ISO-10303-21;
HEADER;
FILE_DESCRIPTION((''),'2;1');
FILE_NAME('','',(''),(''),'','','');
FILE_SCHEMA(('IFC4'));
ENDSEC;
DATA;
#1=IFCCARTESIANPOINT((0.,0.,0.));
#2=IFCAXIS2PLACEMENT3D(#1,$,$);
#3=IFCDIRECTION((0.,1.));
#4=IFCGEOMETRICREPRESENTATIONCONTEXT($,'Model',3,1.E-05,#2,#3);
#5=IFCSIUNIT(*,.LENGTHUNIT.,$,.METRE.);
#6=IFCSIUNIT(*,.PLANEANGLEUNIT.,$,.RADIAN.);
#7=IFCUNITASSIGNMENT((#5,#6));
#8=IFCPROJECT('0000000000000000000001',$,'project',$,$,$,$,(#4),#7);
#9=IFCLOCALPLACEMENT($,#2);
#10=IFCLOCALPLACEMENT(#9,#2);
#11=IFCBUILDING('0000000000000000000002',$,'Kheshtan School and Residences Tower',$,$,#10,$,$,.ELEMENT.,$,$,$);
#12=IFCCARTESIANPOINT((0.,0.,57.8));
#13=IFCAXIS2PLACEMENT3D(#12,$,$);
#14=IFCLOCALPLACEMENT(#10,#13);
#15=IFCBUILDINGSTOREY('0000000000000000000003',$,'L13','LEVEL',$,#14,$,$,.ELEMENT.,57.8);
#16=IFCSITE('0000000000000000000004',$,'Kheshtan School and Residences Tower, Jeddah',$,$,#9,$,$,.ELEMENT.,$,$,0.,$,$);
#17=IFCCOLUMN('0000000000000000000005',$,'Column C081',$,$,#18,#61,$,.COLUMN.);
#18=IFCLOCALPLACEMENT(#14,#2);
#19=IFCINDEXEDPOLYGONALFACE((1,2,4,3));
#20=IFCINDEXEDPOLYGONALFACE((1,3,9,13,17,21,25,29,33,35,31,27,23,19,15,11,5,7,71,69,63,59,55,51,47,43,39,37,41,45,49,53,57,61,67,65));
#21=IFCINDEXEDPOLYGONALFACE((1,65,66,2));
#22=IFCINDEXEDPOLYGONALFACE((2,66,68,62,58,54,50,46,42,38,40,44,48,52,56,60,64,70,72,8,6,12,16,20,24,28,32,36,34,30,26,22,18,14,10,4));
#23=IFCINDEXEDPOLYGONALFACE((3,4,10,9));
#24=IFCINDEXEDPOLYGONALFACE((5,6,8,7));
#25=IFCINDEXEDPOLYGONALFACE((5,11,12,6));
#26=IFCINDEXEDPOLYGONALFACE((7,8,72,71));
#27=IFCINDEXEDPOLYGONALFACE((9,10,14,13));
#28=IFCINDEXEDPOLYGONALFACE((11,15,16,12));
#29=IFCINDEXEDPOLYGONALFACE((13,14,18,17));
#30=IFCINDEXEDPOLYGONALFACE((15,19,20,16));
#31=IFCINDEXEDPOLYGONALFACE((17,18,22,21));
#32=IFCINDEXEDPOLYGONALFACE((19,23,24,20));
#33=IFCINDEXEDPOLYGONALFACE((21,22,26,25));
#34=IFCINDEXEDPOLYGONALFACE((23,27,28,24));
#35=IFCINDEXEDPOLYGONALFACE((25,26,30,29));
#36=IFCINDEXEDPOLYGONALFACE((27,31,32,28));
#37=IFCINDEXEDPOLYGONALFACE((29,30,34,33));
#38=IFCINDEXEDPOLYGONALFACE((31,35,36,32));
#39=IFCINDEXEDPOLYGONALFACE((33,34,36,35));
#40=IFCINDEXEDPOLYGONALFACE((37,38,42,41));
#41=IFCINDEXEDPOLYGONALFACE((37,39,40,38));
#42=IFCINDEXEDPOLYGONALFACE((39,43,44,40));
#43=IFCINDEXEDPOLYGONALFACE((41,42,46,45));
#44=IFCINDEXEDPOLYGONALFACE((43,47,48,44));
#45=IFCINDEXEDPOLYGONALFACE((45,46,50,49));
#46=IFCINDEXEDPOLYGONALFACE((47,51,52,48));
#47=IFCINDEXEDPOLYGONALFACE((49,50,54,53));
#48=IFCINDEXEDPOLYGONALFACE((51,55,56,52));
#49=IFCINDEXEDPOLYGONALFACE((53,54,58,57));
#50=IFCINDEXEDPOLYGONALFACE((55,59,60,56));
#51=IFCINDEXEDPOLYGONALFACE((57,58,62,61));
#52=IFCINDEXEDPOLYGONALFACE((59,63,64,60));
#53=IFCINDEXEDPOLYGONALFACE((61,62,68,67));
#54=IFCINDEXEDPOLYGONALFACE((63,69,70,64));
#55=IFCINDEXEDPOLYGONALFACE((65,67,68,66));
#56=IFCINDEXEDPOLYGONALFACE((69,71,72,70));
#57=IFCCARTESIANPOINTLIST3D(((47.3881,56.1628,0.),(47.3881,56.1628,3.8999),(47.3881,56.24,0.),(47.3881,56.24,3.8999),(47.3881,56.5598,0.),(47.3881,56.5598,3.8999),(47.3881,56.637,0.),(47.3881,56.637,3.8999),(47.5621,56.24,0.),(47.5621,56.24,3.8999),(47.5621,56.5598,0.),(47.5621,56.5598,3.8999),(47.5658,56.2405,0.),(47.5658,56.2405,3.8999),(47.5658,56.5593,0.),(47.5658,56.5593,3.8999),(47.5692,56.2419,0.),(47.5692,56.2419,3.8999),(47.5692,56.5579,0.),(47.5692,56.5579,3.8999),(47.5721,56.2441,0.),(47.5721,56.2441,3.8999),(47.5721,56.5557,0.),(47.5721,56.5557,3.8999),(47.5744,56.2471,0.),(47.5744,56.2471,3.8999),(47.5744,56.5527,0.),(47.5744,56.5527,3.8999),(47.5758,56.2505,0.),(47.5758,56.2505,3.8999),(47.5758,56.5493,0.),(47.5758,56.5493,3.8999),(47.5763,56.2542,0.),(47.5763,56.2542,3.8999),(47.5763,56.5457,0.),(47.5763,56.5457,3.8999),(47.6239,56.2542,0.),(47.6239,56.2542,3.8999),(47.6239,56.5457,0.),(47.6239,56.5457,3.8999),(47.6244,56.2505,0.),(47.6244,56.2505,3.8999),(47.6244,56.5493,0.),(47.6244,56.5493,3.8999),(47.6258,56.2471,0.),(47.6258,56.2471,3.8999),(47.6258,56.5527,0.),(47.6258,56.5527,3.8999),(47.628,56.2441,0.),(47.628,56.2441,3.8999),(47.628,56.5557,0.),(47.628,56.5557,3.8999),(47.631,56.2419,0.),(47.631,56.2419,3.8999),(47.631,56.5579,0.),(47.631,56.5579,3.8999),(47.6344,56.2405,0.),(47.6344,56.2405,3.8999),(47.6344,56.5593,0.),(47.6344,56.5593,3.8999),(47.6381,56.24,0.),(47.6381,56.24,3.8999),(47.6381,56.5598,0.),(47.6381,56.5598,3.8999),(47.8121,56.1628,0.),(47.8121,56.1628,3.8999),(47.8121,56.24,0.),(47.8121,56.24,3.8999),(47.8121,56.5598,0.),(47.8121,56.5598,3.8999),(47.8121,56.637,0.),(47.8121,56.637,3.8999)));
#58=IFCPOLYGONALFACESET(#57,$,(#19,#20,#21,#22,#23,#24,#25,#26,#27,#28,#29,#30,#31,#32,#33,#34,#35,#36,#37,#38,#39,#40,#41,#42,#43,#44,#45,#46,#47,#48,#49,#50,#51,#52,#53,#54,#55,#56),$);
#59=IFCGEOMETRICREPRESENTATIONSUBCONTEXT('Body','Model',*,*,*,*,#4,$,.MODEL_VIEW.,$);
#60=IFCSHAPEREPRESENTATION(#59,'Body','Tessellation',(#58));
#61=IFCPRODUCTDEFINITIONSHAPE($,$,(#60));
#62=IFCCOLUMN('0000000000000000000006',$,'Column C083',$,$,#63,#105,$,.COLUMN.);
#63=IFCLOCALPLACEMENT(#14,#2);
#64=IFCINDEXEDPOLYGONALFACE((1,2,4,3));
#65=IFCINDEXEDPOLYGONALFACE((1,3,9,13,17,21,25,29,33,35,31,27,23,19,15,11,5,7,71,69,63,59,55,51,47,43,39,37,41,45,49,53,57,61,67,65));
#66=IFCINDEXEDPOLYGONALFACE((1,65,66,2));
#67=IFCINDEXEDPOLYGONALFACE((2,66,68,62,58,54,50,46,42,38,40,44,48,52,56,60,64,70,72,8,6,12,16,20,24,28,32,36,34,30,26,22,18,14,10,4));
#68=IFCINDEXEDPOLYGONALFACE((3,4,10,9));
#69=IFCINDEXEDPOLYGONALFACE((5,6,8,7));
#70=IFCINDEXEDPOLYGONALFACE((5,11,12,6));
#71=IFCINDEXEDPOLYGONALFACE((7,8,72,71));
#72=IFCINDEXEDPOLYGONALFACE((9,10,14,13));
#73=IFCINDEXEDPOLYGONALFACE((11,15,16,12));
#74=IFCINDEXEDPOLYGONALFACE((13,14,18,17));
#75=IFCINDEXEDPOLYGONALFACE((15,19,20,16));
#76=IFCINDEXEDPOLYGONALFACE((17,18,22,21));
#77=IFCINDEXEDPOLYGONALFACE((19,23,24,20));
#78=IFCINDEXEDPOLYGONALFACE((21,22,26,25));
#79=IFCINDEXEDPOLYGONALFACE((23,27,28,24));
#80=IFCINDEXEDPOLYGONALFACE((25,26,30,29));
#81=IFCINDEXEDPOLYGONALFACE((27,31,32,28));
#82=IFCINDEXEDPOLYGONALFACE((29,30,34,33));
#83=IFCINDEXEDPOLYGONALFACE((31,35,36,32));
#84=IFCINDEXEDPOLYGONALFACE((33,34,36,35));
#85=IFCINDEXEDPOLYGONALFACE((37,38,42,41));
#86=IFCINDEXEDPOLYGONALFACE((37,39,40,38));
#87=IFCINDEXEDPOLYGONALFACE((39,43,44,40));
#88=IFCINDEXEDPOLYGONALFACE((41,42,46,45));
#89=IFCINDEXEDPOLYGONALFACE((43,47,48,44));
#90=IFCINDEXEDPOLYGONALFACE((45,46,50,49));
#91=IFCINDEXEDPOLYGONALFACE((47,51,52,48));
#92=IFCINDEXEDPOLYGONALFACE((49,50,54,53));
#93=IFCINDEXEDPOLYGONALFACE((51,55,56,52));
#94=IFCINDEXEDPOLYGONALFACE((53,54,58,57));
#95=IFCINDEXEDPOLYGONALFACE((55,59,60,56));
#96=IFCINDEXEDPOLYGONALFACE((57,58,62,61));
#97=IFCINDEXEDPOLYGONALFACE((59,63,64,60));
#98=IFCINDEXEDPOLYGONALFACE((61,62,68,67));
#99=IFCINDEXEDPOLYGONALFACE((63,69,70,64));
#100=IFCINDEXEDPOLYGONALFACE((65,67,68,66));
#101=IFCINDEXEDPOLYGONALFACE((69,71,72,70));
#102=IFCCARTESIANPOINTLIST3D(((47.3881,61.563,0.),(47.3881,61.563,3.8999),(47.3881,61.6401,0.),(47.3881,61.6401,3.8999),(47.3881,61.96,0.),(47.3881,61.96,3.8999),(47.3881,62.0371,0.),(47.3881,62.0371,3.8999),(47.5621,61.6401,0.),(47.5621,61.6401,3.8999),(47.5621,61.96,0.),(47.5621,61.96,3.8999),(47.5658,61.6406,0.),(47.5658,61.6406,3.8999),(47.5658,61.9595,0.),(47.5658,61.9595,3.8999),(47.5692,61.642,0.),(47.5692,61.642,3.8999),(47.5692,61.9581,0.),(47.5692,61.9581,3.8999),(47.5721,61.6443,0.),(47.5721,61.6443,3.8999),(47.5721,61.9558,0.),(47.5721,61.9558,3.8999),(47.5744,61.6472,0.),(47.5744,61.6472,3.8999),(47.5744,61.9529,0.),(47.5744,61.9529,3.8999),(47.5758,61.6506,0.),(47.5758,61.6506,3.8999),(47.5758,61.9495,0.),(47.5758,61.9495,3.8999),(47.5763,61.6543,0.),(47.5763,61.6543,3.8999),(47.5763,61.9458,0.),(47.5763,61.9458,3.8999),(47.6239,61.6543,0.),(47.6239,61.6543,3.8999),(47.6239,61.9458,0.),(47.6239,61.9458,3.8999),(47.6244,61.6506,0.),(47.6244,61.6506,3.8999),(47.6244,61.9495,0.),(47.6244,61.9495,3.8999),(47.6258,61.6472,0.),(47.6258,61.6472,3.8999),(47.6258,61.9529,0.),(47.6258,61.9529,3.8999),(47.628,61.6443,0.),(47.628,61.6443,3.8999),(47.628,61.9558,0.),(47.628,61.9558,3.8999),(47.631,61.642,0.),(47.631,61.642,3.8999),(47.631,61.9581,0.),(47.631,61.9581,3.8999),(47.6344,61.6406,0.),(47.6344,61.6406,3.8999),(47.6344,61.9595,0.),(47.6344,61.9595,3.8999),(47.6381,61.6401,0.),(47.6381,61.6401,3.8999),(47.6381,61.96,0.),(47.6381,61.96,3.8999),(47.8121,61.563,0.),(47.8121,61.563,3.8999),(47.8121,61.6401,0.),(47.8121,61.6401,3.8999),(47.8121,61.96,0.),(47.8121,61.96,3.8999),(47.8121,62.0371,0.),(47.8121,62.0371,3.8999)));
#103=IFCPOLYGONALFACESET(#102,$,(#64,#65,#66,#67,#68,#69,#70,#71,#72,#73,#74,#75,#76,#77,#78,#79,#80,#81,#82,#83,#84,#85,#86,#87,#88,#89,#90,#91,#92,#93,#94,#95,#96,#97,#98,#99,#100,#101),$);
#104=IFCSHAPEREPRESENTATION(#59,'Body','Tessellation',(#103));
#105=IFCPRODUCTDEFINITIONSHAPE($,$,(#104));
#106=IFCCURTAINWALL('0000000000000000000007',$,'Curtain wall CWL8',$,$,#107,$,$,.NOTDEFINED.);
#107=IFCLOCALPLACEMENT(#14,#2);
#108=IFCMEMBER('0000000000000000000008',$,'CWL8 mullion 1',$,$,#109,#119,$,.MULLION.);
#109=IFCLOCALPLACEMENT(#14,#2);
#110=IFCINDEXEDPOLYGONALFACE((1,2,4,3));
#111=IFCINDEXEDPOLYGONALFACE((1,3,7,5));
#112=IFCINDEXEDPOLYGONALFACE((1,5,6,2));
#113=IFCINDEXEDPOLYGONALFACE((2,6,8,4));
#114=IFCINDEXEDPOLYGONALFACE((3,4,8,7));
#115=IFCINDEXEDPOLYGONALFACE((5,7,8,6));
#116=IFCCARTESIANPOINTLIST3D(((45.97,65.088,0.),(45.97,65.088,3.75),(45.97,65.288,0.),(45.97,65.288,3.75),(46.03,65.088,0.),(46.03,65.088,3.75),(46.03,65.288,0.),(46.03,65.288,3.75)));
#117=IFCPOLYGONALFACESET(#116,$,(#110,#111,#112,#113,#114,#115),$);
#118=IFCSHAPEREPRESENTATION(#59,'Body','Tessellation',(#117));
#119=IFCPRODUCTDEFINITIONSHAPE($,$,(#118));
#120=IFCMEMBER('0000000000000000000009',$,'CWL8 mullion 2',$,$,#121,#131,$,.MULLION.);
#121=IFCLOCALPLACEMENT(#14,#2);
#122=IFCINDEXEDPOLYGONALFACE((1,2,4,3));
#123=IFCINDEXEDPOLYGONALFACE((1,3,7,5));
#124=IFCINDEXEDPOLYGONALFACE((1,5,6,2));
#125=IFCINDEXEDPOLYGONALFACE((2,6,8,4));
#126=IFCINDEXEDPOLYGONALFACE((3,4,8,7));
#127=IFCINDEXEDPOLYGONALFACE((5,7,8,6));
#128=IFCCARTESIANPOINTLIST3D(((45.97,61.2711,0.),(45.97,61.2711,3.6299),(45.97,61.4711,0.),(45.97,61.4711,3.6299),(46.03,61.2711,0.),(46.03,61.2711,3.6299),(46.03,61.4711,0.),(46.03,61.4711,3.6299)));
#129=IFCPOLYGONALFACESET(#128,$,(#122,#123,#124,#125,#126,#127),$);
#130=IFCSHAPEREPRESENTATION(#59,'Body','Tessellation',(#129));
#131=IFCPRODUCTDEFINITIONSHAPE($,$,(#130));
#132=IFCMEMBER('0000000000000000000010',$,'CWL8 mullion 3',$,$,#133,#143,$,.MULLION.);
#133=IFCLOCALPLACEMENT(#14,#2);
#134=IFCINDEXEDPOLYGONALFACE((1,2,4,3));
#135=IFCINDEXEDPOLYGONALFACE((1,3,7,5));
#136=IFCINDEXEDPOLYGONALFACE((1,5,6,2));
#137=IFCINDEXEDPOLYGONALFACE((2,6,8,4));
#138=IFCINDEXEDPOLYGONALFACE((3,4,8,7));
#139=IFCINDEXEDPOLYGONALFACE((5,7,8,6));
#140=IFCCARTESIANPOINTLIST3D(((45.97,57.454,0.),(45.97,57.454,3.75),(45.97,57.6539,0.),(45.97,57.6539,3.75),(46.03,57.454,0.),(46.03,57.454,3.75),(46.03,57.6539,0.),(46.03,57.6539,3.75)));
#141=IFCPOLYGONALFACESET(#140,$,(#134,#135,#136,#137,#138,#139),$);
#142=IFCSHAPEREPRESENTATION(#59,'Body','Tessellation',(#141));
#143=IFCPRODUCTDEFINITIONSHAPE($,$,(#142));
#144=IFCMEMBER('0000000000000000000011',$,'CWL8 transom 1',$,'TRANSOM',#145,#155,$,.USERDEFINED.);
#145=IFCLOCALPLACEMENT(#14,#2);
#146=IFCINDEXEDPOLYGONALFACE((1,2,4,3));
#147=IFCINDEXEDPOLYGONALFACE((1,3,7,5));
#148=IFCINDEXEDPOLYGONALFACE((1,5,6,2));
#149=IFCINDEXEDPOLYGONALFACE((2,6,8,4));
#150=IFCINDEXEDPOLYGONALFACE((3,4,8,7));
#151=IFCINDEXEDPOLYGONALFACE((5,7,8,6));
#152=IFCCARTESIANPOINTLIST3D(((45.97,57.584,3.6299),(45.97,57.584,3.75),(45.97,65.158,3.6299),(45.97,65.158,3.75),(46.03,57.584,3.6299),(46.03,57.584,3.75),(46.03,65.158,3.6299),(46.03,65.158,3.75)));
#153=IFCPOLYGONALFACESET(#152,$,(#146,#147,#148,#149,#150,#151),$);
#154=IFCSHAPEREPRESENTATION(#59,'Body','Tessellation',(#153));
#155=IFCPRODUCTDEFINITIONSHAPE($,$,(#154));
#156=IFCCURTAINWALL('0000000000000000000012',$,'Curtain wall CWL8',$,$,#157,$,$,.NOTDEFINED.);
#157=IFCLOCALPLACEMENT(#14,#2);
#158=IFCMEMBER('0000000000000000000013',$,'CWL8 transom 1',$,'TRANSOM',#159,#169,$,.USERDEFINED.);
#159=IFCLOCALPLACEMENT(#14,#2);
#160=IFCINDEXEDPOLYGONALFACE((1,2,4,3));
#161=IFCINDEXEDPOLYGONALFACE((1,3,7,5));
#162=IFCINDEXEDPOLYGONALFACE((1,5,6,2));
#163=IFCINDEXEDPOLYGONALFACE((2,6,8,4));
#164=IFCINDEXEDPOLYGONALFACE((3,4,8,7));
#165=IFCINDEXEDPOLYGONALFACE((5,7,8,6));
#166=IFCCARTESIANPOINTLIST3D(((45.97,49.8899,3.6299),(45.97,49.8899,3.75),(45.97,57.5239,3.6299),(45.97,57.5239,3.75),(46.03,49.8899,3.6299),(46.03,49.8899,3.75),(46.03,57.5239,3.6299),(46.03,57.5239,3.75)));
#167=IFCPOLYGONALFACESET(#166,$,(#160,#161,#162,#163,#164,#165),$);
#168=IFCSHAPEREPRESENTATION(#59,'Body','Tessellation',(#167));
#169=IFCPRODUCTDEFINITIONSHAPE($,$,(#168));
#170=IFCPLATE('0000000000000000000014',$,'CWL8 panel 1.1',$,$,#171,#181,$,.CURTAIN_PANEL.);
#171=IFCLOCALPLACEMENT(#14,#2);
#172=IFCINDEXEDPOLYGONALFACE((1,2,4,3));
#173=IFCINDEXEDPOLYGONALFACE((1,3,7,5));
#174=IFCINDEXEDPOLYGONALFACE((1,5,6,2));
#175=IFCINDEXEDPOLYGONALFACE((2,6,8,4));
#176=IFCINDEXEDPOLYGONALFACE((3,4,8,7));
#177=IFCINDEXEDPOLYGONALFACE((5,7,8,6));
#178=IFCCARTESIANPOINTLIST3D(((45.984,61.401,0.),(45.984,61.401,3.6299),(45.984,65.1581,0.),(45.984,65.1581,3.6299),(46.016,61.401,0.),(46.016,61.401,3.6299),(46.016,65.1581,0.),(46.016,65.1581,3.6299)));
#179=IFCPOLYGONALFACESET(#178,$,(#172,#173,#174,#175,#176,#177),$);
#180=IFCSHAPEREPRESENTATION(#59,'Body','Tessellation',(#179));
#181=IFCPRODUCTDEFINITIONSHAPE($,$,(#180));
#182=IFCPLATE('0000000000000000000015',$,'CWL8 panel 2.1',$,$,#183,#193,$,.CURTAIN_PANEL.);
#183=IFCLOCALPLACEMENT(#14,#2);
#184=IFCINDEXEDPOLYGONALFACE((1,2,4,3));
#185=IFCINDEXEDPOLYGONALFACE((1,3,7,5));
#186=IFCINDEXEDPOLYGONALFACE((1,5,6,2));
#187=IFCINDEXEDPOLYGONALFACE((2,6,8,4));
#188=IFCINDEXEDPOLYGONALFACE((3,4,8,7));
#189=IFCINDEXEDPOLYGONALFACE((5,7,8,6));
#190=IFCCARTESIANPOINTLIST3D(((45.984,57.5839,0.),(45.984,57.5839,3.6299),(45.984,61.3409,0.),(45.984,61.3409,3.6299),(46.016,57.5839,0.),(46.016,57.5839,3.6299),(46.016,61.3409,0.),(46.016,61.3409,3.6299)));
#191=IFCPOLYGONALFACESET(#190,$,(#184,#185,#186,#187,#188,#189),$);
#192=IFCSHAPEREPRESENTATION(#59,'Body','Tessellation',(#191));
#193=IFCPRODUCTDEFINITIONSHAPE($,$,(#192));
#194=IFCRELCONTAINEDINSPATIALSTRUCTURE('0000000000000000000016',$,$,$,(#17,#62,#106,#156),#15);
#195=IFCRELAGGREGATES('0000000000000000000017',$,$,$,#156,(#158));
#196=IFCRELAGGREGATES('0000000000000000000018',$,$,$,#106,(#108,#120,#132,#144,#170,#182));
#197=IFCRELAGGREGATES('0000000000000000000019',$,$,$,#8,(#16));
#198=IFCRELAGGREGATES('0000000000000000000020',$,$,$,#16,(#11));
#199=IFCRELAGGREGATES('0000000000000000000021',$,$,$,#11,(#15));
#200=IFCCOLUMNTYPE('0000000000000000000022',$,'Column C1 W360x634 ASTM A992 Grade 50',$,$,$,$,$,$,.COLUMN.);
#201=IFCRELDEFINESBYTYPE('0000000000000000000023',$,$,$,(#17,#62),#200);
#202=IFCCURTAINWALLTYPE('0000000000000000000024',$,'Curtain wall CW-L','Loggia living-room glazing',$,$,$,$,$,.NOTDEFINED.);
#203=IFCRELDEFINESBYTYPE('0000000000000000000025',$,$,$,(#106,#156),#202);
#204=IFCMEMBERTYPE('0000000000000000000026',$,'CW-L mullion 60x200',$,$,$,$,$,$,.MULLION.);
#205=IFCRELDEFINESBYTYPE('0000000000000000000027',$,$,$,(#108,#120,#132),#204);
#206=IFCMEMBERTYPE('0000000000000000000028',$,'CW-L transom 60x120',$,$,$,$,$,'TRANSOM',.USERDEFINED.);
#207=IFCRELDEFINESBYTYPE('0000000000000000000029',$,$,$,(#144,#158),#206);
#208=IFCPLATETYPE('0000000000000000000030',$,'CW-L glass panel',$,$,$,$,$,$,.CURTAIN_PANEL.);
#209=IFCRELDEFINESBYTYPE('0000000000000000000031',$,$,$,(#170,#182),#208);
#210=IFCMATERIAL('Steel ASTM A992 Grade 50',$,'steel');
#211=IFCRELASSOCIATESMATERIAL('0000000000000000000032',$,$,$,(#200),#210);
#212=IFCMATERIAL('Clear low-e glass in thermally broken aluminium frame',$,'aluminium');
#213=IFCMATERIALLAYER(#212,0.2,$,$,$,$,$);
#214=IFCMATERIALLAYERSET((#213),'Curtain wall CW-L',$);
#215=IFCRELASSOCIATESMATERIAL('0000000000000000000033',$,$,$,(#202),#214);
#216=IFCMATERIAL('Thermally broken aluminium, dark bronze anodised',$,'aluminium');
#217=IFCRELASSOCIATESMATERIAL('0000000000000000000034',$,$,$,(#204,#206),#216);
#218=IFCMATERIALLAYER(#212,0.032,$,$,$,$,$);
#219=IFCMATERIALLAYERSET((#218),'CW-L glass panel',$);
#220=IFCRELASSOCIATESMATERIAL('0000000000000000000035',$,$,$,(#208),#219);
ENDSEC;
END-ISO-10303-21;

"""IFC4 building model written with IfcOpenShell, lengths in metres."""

from ifc_helpers import new_model, si_unit, direction, frame, origin, origin_2d, place, context, subcontext, project, spatial, rectangle, i_section, extrude, material, layer, layer_set, material_profile, profile_set, type_object, element, aggregate, save


model = new_model("IFC4")

# Units and contexts
model_context = context("Model", 3, precision=1e-05, world=origin(), true_north=direction((0.0, 1.0)))
body_context = subcontext(model_context, "Body", "Model", "MODEL_VIEW")
ifc_project = project(units=[si_unit("LENGTHUNIT", "METRE"), si_unit("PLANEANGLEUNIT", "RADIAN")], contexts=[model_context])

# Site, building, storey
site_placement = place(None, origin())
site = spatial("IfcSite", under=ifc_project, at=site_placement, Name="Kheshtan School and Residences Tower, Jeddah", CompositionType="ELEMENT", RefElevation=0.0)
building_placement = place(site_placement, origin())
building = spatial("IfcBuilding", under=site, at=building_placement, Name="Kheshtan School and Residences Tower", CompositionType="ELEMENT")
storey_placement = place(building_placement, frame((0.0, 0.0, 57.8)))
storey = spatial("IfcBuildingStorey", under=building, at=storey_placement, Name="L13", Description="LEVEL", CompositionType="ELEMENT", Elevation=57.8)

# Columns
ifc_material_1 = material(Name="Steel ASTM A992 Grade 50", Category="steel")
ifc_material_profile_1 = material_profile(ifc_material_1, i_section(OverallWidth=0.4241, OverallDepth=0.4741, WebThickness=0.0476, FlangeThickness=0.0771, FilletRadius=0.0142, at=origin_2d()), Name="W360x634")
ifc_profile_set_1 = profile_set([ifc_material_profile_1], Name="Steel ASTM A992 Grade 50")
column_type = type_object("IfcColumnType", Name="Column C1 W360x634 ASTM A992 Grade 50", PredefinedType="COLUMN", material=ifc_profile_set_1)
for number, where, z_axis, x_axis, name in (
    (1, (47.6001, 56.3999, 0.0), (0.0, 0.0, 1.0), (1.0, 0.0, 0.0), "Column C081"),
    (2, (47.6001, 61.8, 0.0), (0.0, 0.0, 1.0), (1.0, 0.0, 0.0), "Column C083"),
):
    element("IfcColumn", number, at=place(storey_placement, frame(where, z_axis=z_axis, x_axis=x_axis)), inside=storey, type_object=column_type, Name=name, PredefinedType="COLUMN", context=body_context, shape_type="SweptSolid", body=[
        extrude(i_section(OverallWidth=0.4241, OverallDepth=0.4741, WebThickness=0.0476, FlangeThickness=0.0771, FilletRadius=0.0142, at=origin_2d()), origin(), (0.0, 0.0, 1.0), 3.8999),
    ])

# Curtain wall, members
ifc_material_2 = material(Name="Clear low-e glass in thermally broken aluminium frame", Category="aluminium")
ifc_layer_1 = layer(ifc_material_2, 0.2)
ifc_layer_set_1 = layer_set([ifc_layer_1], Name="Curtain wall CW-L")
curtain_wall_type = type_object("IfcCurtainWallType", Name="Curtain wall CW-L", Description="Loggia living-room glazing", PredefinedType="NOTDEFINED", material=ifc_layer_set_1)
curtain_wall_1_placement = place(storey_placement, origin())
curtain_wall_1 = element("IfcCurtainWall", 3, at=curtain_wall_1_placement, inside=storey, type_object=curtain_wall_type, Name="Curtain wall CWL8", PredefinedType="NOTDEFINED")
ifc_material_3 = material(Name="Thermally broken aluminium, dark bronze anodised", Category="aluminium")
ifc_material_profile_2 = material_profile(ifc_material_3, rectangle(XDim=0.0601, YDim=0.2, at=origin_2d()), Name="CW-L mullion 60x200")
ifc_profile_set_2 = profile_set([ifc_material_profile_2], Name="Thermally broken aluminium, dark bronze anodised")
member_type_1 = type_object("IfcMemberType", Name="CW-L mullion 60x200", PredefinedType="MULLION", material=ifc_profile_set_2)
member_1_placement = place(storey_placement, frame((46.0, 65.188, 0.0), z_axis=(0.0, 0.0, 1.0), x_axis=(1.0, 0.0, 0.0)))
member_1 = element("IfcMember", 4, at=member_1_placement, type_object=member_type_1, Name="CWL8 mullion 1", PredefinedType="MULLION", context=body_context, shape_type="SweptSolid", body=[
    extrude(rectangle(XDim=0.0601, YDim=0.2, at=origin_2d()), origin(), (0.0, 0.0, 1.0), 3.75),
])
member_2_placement = place(storey_placement, frame((46.0, 61.3711, 0.0), z_axis=(0.0, 0.0, 1.0), x_axis=(1.0, 0.0, 0.0)))
member_2 = element("IfcMember", 5, at=member_2_placement, type_object=member_type_1, Name="CWL8 mullion 2", PredefinedType="MULLION", context=body_context, shape_type="SweptSolid", body=[
    extrude(rectangle(XDim=0.0601, YDim=0.2, at=origin_2d()), origin(), (0.0, 0.0, 1.0), 3.6299),
])
member_3_placement = place(storey_placement, frame((46.0, 57.554, 0.0), z_axis=(0.0, 0.0, 1.0), x_axis=(1.0, 0.0, 0.0)))
member_3 = element("IfcMember", 6, at=member_3_placement, type_object=member_type_1, Name="CWL8 mullion 3", PredefinedType="MULLION", context=body_context, shape_type="SweptSolid", body=[
    extrude(rectangle(XDim=0.0601, YDim=0.2, at=origin_2d()), origin(), (0.0, 0.0, 1.0), 3.75),
])
ifc_material_profile_3 = material_profile(ifc_material_3, rectangle(XDim=0.0601, YDim=0.1201, at=origin_2d()), Name="CW-L transom 60x120")
ifc_profile_set_3 = profile_set([ifc_material_profile_3], Name="Thermally broken aluminium, dark bronze anodised")
member_type_2 = type_object("IfcMemberType", Name="CW-L transom 60x120", ElementType="TRANSOM", PredefinedType="USERDEFINED", material=ifc_profile_set_3)
member_4_placement = place(storey_placement, frame((46.0, 65.158, 3.6899), z_axis=(0.0, -1.0, 0.0), x_axis=(1.0, 0.0, 0.0)))
member_4 = element("IfcMember", 7, at=member_4_placement, type_object=member_type_2, Name="CWL8 transom 1", ObjectType="TRANSOM", PredefinedType="USERDEFINED", context=body_context, shape_type="SweptSolid", body=[
    extrude(rectangle(XDim=0.0601, YDim=0.1201, at=origin_2d()), origin(), (0.0, 0.0, 1.0), 7.574),
])

# Curtain wall, member
curtain_wall_2_placement = place(storey_placement, origin())
curtain_wall_2 = element("IfcCurtainWall", 8, at=curtain_wall_2_placement, inside=storey, type_object=curtain_wall_type, Name="Curtain wall CWL8", PredefinedType="NOTDEFINED")
member_5_placement = place(storey_placement, frame((46.0, 57.5239, 3.6899), z_axis=(0.0, -1.0, 0.0), x_axis=(1.0, 0.0, 0.0)))
member_5 = element("IfcMember", 9, at=member_5_placement, type_object=member_type_2, Name="CWL8 transom 1", ObjectType="TRANSOM", PredefinedType="USERDEFINED", context=body_context, shape_type="SweptSolid", body=[
    extrude(rectangle(XDim=0.0601, YDim=0.1201, at=origin_2d()), origin(), (0.0, 0.0, 1.0), 7.634),
])
aggregate(curtain_wall_2, [member_5])

# Plates
ifc_layer_2 = layer(ifc_material_2, 0.032)
ifc_layer_set_2 = layer_set([ifc_layer_2], Name="CW-L glass panel")
plate_type = type_object("IfcPlateType", Name="CW-L glass panel", PredefinedType="CURTAIN_PANEL", material=ifc_layer_set_2)
plate_1_placement = place(storey_placement, frame((46.0, 63.2795, 0.0), z_axis=(0.0, 0.0, 1.0), x_axis=(0.0, -1.0, 0.0)))
plate_1 = element("IfcPlate", 10, at=plate_1_placement, type_object=plate_type, Name="CWL8 panel 1.1", PredefinedType="CURTAIN_PANEL", context=body_context, shape_type="SweptSolid", body=[
    extrude(rectangle(XDim=3.7571, YDim=0.032, at=origin_2d()), origin(), (0.0, 0.0, 1.0), 3.6299),
])
plate_2_placement = place(storey_placement, frame((46.0, 59.4624, 0.0), z_axis=(0.0, 0.0, 1.0), x_axis=(0.0, -1.0, 0.0)))
plate_2 = element("IfcPlate", 11, at=plate_2_placement, type_object=plate_type, Name="CWL8 panel 2.1", PredefinedType="CURTAIN_PANEL", context=body_context, shape_type="SweptSolid", body=[
    extrude(rectangle(XDim=3.7571, YDim=0.032, at=origin_2d()), origin(), (0.0, 0.0, 1.0), 3.6299),
])
aggregate(curtain_wall_1, [member_1, member_2, member_3, member_4, plate_1, plate_2])

save(model, "model.ifc")
